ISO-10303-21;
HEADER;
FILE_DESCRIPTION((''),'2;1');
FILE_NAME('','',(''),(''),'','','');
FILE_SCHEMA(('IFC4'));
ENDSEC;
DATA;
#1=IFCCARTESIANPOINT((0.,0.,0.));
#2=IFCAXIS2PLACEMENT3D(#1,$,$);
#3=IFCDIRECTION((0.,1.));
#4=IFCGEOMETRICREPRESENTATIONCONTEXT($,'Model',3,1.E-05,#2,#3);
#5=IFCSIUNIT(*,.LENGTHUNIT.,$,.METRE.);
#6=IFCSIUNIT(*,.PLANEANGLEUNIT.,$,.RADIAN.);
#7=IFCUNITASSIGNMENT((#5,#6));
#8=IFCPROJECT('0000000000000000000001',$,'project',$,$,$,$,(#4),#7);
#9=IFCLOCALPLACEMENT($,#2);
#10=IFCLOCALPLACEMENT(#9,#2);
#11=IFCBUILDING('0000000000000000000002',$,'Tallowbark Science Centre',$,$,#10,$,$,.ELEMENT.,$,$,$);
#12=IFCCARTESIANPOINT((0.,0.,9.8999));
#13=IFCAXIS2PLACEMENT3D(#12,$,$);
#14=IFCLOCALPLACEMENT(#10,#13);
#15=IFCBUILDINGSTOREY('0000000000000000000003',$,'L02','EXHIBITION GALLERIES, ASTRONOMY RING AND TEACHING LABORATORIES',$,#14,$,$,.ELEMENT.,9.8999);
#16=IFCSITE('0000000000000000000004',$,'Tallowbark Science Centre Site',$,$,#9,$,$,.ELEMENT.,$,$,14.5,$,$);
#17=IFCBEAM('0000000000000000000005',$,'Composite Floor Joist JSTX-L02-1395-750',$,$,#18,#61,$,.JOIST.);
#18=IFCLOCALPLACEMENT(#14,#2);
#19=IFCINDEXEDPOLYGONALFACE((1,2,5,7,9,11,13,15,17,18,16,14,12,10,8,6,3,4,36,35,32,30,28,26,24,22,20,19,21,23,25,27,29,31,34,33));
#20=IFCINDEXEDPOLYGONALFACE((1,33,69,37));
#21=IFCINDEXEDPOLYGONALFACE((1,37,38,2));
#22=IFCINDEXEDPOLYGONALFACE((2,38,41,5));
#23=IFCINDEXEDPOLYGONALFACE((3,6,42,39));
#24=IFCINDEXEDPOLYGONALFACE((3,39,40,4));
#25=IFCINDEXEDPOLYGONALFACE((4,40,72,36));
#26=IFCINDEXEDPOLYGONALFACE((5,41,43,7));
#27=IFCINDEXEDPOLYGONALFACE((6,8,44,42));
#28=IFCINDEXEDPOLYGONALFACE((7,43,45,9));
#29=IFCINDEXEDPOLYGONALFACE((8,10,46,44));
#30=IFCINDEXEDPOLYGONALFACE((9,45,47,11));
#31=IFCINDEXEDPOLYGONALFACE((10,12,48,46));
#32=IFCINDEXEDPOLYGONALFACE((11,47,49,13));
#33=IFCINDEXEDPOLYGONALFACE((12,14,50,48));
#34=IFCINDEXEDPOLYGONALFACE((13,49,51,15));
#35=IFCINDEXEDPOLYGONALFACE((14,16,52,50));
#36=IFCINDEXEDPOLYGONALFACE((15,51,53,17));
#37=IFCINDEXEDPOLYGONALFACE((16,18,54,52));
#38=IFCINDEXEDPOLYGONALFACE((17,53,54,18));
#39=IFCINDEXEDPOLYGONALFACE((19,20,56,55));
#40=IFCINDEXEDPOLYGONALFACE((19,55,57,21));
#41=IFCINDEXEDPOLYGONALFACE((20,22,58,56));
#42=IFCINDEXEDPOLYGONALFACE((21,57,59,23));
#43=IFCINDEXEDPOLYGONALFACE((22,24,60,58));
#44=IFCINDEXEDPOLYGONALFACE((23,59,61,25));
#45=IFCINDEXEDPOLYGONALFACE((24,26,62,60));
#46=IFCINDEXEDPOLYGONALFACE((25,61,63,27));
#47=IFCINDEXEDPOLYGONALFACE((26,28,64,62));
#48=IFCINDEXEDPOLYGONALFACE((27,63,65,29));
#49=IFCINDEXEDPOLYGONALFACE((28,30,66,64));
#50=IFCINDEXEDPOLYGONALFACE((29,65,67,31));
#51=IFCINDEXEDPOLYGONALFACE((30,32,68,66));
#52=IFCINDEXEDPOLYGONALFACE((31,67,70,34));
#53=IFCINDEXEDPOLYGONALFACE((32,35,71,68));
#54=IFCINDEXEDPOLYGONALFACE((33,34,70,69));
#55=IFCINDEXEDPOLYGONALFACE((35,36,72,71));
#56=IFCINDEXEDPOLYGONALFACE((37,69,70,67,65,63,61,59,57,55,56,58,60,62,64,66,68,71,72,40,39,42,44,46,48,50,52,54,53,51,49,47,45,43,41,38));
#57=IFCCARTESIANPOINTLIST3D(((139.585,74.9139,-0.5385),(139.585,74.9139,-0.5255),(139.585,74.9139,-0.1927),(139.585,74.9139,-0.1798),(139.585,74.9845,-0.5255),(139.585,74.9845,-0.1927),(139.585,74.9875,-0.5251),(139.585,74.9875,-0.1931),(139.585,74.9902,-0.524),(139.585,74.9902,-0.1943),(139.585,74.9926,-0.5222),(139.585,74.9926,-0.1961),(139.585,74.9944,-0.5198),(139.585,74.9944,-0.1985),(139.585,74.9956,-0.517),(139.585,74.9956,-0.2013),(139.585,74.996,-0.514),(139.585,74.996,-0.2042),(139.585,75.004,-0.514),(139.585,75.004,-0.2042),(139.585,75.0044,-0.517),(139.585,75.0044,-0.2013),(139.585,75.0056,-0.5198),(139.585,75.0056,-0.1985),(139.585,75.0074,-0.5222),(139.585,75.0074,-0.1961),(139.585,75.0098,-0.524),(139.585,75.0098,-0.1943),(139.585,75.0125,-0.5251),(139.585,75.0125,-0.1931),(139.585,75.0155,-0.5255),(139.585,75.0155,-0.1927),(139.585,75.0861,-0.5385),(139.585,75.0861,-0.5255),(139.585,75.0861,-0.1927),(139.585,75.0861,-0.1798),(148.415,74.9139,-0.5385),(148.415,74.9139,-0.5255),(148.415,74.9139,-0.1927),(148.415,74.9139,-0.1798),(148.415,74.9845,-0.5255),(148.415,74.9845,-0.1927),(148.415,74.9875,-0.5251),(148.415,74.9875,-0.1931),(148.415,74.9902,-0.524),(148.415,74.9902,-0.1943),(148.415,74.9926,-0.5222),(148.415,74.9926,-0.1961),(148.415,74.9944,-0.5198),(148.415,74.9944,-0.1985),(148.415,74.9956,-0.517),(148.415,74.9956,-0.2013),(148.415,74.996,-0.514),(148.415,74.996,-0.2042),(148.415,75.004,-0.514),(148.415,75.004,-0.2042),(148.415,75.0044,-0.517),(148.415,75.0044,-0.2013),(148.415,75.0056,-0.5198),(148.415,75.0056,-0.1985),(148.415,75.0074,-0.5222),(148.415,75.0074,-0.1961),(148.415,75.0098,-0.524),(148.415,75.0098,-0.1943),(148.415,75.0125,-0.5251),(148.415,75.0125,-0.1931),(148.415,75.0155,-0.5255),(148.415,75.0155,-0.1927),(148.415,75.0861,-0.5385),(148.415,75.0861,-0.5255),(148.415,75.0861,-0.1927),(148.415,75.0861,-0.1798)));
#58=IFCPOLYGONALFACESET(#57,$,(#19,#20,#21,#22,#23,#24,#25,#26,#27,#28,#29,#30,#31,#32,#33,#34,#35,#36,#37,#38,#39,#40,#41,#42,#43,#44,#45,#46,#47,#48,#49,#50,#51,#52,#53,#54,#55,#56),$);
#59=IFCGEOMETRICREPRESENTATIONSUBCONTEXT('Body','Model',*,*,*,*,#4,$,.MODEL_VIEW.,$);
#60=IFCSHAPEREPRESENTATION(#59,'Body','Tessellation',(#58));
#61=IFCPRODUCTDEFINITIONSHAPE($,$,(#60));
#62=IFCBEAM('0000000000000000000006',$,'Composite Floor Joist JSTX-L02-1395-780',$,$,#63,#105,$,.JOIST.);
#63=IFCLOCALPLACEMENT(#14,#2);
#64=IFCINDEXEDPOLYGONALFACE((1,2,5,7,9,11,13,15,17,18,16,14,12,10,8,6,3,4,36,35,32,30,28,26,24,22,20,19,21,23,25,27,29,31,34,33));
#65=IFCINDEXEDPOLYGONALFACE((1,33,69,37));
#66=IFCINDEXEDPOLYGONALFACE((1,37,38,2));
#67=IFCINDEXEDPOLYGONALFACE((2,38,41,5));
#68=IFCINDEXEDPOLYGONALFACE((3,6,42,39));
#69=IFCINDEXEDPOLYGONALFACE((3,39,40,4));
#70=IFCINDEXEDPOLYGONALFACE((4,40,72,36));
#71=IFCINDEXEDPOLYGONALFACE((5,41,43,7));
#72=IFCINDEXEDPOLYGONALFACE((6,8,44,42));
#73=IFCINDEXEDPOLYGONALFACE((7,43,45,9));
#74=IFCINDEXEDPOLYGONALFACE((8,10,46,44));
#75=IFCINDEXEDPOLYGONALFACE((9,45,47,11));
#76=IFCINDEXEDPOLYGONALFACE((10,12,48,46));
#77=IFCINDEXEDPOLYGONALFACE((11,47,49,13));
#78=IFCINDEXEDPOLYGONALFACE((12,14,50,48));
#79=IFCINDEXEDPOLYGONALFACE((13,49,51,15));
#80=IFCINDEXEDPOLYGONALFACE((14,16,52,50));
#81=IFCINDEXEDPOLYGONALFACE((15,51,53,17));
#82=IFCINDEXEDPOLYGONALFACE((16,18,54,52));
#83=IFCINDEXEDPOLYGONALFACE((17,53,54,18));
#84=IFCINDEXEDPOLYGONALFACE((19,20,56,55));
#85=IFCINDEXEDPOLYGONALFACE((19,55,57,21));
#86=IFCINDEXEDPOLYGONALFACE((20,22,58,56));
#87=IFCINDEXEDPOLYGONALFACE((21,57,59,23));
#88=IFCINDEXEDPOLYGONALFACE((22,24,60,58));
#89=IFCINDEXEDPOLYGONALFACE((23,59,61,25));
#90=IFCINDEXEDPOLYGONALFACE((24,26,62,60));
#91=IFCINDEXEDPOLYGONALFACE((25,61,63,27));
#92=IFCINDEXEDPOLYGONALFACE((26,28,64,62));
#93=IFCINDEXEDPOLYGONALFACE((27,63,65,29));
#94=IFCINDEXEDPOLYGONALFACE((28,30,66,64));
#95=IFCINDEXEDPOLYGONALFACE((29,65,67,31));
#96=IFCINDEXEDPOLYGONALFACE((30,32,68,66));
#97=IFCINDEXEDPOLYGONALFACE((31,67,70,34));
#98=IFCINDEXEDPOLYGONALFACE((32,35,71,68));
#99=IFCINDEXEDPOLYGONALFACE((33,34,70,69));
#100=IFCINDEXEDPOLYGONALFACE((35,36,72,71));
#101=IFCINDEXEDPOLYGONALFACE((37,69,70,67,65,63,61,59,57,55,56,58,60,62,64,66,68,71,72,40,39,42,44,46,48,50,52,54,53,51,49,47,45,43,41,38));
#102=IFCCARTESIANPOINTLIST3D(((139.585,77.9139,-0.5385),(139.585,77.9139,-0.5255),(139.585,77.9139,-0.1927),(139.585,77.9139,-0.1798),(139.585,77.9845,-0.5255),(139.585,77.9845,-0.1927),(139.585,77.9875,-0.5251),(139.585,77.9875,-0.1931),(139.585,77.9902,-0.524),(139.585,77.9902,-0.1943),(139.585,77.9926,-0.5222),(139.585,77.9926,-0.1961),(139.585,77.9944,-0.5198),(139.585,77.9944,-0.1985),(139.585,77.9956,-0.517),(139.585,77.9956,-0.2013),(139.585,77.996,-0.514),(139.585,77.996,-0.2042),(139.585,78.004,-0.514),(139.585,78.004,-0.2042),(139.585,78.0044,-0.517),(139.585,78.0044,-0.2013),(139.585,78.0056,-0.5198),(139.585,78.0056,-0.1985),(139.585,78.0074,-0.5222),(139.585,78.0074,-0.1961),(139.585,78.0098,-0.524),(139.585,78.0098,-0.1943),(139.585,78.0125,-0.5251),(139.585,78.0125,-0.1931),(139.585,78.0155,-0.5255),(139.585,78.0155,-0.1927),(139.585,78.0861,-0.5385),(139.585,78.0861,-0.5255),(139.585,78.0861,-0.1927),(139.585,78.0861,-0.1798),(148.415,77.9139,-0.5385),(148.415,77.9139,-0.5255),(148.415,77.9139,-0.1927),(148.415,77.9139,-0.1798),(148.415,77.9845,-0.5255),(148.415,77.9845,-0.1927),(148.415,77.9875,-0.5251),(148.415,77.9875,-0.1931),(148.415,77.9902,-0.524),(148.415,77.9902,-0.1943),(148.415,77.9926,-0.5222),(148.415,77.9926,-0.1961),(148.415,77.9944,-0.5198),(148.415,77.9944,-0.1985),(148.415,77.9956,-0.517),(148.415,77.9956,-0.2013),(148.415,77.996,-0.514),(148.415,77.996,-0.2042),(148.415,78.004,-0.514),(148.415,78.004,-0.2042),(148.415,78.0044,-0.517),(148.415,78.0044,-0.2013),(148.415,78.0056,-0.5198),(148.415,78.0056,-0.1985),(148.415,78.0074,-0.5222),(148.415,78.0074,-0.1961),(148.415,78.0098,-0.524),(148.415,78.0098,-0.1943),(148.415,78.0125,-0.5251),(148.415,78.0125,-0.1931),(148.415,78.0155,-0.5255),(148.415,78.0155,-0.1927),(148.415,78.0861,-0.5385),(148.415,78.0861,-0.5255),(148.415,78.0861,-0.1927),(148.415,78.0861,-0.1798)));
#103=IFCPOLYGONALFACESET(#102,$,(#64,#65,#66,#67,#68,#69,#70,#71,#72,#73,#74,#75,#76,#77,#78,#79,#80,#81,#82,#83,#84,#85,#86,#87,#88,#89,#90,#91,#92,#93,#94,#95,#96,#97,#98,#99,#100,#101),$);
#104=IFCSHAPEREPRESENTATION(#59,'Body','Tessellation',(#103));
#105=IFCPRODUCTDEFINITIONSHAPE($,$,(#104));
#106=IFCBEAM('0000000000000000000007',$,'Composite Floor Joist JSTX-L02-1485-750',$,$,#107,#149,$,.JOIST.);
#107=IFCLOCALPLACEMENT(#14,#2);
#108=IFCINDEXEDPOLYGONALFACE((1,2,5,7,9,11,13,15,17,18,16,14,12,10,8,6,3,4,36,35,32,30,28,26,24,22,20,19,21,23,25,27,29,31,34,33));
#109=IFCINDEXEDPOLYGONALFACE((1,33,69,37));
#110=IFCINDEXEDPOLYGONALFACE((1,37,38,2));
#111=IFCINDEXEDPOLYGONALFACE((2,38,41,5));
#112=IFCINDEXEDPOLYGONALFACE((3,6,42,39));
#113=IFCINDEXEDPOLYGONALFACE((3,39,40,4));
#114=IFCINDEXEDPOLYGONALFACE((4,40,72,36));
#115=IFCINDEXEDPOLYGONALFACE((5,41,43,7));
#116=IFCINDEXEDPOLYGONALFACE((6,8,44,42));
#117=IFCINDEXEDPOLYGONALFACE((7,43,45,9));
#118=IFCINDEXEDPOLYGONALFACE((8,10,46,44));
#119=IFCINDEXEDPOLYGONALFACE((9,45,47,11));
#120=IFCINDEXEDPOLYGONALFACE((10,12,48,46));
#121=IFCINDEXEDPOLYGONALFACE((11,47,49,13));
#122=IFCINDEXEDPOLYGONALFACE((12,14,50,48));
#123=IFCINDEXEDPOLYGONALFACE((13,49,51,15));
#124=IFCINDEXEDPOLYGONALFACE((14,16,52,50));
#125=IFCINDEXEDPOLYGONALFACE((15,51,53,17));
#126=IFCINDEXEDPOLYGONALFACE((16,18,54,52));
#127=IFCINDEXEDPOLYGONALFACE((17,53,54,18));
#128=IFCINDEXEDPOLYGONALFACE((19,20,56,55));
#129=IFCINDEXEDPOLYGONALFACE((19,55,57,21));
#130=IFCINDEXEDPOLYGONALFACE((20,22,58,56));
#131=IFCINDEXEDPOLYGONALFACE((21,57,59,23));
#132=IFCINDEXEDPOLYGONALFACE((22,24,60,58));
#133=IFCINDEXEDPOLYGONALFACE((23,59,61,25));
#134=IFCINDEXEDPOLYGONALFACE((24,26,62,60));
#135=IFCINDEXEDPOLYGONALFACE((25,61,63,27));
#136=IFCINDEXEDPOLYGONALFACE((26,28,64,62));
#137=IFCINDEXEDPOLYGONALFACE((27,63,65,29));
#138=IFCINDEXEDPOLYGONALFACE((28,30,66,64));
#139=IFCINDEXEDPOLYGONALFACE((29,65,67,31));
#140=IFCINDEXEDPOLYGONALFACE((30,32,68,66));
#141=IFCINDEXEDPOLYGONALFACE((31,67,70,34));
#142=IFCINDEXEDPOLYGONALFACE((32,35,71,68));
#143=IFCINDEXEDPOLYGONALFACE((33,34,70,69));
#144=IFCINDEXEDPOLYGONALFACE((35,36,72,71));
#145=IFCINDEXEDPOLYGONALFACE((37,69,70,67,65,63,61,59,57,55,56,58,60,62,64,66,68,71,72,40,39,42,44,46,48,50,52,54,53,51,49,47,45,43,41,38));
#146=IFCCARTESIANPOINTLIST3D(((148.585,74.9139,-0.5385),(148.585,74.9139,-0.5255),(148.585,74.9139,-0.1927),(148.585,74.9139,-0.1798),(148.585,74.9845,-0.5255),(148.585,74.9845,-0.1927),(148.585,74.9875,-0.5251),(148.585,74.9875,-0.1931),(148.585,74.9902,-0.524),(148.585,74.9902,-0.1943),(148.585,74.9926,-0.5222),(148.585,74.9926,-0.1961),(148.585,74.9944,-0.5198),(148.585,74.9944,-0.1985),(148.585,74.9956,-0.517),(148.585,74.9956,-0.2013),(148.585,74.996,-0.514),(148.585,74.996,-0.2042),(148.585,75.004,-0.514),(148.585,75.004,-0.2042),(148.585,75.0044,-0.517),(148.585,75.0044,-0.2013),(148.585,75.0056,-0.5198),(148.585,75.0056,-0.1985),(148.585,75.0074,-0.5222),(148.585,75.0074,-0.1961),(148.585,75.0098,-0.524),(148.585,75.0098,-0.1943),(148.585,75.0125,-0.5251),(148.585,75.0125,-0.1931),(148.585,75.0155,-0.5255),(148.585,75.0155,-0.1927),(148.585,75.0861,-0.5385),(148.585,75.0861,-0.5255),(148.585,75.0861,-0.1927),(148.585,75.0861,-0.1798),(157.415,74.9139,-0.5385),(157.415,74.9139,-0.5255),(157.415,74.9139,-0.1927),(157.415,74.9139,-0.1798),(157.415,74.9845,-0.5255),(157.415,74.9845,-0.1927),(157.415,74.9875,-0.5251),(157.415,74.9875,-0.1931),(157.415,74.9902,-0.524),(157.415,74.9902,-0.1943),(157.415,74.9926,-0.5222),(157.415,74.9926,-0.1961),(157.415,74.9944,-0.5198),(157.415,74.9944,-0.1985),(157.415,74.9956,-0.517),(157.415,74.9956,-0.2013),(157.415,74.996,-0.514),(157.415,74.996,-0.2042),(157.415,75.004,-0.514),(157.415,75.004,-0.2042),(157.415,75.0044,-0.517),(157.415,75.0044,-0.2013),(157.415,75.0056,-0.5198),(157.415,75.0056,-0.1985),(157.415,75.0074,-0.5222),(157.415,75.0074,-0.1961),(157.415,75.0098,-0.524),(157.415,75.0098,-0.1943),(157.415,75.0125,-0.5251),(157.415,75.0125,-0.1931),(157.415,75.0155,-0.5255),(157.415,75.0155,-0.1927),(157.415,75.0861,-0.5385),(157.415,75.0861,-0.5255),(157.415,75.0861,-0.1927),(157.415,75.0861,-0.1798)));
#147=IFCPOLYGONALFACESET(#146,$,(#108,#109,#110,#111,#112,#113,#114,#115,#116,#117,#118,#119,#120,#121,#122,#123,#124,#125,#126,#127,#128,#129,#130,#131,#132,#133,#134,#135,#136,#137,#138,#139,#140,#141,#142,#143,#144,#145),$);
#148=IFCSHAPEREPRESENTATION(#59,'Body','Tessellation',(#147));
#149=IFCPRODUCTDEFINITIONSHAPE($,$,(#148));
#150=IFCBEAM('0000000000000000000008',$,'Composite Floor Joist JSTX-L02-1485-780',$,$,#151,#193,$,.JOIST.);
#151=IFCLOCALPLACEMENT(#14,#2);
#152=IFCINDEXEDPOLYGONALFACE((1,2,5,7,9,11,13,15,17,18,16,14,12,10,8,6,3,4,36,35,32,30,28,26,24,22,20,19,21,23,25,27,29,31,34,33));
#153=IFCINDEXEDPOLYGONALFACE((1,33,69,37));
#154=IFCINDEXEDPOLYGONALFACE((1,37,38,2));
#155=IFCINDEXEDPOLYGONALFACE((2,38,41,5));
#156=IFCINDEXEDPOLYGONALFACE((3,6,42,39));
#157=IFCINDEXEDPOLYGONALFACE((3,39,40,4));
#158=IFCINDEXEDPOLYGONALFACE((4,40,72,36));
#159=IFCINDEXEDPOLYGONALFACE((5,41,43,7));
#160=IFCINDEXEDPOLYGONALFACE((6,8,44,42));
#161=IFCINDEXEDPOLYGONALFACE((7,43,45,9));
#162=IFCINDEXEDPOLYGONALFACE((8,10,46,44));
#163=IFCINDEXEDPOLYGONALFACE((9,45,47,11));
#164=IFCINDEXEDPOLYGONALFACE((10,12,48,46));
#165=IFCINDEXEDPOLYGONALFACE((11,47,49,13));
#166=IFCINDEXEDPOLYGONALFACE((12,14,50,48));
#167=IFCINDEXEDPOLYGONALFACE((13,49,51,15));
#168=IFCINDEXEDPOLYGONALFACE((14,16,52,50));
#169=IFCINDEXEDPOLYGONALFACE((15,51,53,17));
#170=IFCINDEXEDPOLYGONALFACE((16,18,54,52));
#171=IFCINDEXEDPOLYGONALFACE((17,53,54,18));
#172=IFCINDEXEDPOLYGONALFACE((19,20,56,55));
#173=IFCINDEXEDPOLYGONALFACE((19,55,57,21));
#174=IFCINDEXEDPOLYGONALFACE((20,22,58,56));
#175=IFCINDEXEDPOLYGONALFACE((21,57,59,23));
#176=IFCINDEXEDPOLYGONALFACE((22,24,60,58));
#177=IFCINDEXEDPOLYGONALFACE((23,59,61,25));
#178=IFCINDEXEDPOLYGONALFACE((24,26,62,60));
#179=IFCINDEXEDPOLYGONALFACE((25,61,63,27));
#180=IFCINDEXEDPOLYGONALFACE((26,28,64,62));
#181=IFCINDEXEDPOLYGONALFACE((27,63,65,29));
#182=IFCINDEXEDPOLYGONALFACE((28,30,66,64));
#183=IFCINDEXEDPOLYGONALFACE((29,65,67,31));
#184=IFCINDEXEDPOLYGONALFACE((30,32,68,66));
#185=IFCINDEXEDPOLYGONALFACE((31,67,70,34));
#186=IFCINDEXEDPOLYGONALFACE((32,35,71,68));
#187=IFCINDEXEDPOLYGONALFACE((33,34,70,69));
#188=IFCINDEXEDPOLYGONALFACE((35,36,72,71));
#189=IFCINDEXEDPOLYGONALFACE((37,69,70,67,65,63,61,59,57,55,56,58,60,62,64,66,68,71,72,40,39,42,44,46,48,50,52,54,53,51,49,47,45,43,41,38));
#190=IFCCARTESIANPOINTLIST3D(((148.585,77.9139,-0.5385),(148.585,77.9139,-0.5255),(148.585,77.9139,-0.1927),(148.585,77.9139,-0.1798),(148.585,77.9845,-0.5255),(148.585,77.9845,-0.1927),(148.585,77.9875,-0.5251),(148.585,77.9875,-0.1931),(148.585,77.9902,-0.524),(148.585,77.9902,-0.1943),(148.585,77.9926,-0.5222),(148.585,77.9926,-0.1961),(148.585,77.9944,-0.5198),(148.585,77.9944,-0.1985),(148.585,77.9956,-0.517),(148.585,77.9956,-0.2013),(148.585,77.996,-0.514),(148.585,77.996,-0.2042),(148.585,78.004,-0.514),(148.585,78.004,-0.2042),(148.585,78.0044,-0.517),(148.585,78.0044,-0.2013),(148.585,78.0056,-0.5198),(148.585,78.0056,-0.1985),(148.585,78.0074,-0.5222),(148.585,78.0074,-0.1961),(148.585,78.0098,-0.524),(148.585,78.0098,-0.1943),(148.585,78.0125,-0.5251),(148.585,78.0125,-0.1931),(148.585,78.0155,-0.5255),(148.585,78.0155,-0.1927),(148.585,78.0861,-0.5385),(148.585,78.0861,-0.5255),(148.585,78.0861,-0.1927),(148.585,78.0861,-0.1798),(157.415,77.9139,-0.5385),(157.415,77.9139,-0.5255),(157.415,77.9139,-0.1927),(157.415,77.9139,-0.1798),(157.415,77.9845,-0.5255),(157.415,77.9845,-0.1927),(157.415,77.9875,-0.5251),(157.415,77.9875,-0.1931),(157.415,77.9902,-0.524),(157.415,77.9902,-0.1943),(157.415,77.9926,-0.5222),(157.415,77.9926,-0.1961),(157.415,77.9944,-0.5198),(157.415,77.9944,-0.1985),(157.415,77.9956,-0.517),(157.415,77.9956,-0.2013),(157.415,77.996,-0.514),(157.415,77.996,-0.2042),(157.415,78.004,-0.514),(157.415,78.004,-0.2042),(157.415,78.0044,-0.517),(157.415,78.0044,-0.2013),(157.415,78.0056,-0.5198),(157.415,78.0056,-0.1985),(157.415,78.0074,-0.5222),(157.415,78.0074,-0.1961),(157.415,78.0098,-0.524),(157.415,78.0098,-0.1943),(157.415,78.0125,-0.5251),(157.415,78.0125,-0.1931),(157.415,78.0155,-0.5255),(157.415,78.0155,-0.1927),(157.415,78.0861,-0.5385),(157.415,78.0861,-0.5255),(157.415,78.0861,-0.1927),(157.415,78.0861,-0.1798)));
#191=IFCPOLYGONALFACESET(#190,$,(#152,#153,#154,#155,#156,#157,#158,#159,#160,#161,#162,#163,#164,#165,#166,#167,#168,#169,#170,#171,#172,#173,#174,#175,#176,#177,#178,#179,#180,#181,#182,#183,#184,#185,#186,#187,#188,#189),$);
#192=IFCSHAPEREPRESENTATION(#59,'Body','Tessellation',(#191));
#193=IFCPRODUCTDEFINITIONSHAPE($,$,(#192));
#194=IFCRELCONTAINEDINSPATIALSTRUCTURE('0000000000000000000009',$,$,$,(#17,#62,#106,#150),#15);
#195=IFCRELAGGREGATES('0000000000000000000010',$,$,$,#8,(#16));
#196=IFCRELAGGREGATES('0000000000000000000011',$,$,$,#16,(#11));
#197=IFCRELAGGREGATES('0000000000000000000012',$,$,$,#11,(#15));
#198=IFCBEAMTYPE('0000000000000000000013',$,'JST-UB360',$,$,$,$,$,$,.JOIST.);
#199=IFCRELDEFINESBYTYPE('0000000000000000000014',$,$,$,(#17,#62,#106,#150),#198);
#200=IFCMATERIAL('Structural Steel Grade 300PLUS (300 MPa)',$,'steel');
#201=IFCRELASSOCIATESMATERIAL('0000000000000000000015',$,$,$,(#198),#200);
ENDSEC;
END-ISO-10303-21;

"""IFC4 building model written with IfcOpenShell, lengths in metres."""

from ifc_helpers import new_model, si_unit, direction, frame, origin, origin_2d, place, context, subcontext, project, spatial, i_section, extrude, material, material_profile, profile_set, type_object, element, save


model = new_model("IFC4")

# Units and contexts
model_context = context("Model", 3, precision=1e-05, world=origin(), true_north=direction((0.0, 1.0)))
body_context = subcontext(model_context, "Body", "Model", "MODEL_VIEW")
ifc_project = project(units=[si_unit("LENGTHUNIT", "METRE"), si_unit("PLANEANGLEUNIT", "RADIAN")], contexts=[model_context])

# Site, building, storey
site_placement = place(None, origin())
site = spatial("IfcSite", under=ifc_project, at=site_placement, Name="Tallowbark Science Centre Site", CompositionType="ELEMENT", RefElevation=14.5)
building_placement = place(site_placement, origin())
building = spatial("IfcBuilding", under=site, at=building_placement, Name="Tallowbark Science Centre", CompositionType="ELEMENT")
storey_placement = place(building_placement, frame((0.0, 0.0, 9.8999)))
storey = spatial("IfcBuildingStorey", under=building, at=storey_placement, Name="L02", Description="EXHIBITION GALLERIES, ASTRONOMY RING AND TEACHING LABORATORIES", CompositionType="ELEMENT", Elevation=9.8999)

# Shared definitions
ifc_material_1 = material(Name="Structural Steel Grade 300PLUS (300 MPa)", Category="steel")

# Beams
ifc_material_profile_1 = material_profile(ifc_material_1, i_section(OverallWidth=0.1721, OverallDepth=0.3586, WebThickness=0.0081, FlangeThickness=0.0129, FilletRadius=0.0115, at=origin_2d()), Name="360UB56.7")
ifc_profile_set_1 = profile_set([ifc_material_profile_1], Name="Structural Steel Grade 300PLUS (300 MPa)")
beam_type_1 = type_object("IfcBeamType", Name="JST-UB360", PredefinedType="JOIST", material=ifc_profile_set_1)
for number, where, z_axis, x_axis, name in (
    (1, (139.585, 75.0, -0.3591), (1.0, 0.0, 0.0), (0.0, 1.0, 0.0), "Composite Floor Joist JSTX-L02-1395-750"),
    (2, (139.585, 78.0, -0.3591), (1.0, 0.0, 0.0), (0.0, 1.0, 0.0), "Composite Floor Joist JSTX-L02-1395-780"),
    (3, (148.585, 75.0, -0.3591), (1.0, 0.0, 0.0), (0.0, 1.0, 0.0), "Composite Floor Joist JSTX-L02-1485-750"),
    (4, (148.585, 78.0, -0.3591), (1.0, 0.0, 0.0), (0.0, 1.0, 0.0), "Composite Floor Joist JSTX-L02-1485-780"),
):
    element("IfcBeam", number, at=place(storey_placement, frame(where, z_axis=z_axis, x_axis=x_axis)), inside=storey, type_object=beam_type_1, Name=name, PredefinedType="JOIST", context=body_context, shape_type="SweptSolid", body=[
        extrude(i_section(OverallWidth=0.1721, OverallDepth=0.3586, WebThickness=0.0081, FlangeThickness=0.0129, FilletRadius=0.0115, at=origin_2d()), origin(), (0.0, 0.0, 1.0), 8.8301),
    ])

save(model, "model.ifc")
